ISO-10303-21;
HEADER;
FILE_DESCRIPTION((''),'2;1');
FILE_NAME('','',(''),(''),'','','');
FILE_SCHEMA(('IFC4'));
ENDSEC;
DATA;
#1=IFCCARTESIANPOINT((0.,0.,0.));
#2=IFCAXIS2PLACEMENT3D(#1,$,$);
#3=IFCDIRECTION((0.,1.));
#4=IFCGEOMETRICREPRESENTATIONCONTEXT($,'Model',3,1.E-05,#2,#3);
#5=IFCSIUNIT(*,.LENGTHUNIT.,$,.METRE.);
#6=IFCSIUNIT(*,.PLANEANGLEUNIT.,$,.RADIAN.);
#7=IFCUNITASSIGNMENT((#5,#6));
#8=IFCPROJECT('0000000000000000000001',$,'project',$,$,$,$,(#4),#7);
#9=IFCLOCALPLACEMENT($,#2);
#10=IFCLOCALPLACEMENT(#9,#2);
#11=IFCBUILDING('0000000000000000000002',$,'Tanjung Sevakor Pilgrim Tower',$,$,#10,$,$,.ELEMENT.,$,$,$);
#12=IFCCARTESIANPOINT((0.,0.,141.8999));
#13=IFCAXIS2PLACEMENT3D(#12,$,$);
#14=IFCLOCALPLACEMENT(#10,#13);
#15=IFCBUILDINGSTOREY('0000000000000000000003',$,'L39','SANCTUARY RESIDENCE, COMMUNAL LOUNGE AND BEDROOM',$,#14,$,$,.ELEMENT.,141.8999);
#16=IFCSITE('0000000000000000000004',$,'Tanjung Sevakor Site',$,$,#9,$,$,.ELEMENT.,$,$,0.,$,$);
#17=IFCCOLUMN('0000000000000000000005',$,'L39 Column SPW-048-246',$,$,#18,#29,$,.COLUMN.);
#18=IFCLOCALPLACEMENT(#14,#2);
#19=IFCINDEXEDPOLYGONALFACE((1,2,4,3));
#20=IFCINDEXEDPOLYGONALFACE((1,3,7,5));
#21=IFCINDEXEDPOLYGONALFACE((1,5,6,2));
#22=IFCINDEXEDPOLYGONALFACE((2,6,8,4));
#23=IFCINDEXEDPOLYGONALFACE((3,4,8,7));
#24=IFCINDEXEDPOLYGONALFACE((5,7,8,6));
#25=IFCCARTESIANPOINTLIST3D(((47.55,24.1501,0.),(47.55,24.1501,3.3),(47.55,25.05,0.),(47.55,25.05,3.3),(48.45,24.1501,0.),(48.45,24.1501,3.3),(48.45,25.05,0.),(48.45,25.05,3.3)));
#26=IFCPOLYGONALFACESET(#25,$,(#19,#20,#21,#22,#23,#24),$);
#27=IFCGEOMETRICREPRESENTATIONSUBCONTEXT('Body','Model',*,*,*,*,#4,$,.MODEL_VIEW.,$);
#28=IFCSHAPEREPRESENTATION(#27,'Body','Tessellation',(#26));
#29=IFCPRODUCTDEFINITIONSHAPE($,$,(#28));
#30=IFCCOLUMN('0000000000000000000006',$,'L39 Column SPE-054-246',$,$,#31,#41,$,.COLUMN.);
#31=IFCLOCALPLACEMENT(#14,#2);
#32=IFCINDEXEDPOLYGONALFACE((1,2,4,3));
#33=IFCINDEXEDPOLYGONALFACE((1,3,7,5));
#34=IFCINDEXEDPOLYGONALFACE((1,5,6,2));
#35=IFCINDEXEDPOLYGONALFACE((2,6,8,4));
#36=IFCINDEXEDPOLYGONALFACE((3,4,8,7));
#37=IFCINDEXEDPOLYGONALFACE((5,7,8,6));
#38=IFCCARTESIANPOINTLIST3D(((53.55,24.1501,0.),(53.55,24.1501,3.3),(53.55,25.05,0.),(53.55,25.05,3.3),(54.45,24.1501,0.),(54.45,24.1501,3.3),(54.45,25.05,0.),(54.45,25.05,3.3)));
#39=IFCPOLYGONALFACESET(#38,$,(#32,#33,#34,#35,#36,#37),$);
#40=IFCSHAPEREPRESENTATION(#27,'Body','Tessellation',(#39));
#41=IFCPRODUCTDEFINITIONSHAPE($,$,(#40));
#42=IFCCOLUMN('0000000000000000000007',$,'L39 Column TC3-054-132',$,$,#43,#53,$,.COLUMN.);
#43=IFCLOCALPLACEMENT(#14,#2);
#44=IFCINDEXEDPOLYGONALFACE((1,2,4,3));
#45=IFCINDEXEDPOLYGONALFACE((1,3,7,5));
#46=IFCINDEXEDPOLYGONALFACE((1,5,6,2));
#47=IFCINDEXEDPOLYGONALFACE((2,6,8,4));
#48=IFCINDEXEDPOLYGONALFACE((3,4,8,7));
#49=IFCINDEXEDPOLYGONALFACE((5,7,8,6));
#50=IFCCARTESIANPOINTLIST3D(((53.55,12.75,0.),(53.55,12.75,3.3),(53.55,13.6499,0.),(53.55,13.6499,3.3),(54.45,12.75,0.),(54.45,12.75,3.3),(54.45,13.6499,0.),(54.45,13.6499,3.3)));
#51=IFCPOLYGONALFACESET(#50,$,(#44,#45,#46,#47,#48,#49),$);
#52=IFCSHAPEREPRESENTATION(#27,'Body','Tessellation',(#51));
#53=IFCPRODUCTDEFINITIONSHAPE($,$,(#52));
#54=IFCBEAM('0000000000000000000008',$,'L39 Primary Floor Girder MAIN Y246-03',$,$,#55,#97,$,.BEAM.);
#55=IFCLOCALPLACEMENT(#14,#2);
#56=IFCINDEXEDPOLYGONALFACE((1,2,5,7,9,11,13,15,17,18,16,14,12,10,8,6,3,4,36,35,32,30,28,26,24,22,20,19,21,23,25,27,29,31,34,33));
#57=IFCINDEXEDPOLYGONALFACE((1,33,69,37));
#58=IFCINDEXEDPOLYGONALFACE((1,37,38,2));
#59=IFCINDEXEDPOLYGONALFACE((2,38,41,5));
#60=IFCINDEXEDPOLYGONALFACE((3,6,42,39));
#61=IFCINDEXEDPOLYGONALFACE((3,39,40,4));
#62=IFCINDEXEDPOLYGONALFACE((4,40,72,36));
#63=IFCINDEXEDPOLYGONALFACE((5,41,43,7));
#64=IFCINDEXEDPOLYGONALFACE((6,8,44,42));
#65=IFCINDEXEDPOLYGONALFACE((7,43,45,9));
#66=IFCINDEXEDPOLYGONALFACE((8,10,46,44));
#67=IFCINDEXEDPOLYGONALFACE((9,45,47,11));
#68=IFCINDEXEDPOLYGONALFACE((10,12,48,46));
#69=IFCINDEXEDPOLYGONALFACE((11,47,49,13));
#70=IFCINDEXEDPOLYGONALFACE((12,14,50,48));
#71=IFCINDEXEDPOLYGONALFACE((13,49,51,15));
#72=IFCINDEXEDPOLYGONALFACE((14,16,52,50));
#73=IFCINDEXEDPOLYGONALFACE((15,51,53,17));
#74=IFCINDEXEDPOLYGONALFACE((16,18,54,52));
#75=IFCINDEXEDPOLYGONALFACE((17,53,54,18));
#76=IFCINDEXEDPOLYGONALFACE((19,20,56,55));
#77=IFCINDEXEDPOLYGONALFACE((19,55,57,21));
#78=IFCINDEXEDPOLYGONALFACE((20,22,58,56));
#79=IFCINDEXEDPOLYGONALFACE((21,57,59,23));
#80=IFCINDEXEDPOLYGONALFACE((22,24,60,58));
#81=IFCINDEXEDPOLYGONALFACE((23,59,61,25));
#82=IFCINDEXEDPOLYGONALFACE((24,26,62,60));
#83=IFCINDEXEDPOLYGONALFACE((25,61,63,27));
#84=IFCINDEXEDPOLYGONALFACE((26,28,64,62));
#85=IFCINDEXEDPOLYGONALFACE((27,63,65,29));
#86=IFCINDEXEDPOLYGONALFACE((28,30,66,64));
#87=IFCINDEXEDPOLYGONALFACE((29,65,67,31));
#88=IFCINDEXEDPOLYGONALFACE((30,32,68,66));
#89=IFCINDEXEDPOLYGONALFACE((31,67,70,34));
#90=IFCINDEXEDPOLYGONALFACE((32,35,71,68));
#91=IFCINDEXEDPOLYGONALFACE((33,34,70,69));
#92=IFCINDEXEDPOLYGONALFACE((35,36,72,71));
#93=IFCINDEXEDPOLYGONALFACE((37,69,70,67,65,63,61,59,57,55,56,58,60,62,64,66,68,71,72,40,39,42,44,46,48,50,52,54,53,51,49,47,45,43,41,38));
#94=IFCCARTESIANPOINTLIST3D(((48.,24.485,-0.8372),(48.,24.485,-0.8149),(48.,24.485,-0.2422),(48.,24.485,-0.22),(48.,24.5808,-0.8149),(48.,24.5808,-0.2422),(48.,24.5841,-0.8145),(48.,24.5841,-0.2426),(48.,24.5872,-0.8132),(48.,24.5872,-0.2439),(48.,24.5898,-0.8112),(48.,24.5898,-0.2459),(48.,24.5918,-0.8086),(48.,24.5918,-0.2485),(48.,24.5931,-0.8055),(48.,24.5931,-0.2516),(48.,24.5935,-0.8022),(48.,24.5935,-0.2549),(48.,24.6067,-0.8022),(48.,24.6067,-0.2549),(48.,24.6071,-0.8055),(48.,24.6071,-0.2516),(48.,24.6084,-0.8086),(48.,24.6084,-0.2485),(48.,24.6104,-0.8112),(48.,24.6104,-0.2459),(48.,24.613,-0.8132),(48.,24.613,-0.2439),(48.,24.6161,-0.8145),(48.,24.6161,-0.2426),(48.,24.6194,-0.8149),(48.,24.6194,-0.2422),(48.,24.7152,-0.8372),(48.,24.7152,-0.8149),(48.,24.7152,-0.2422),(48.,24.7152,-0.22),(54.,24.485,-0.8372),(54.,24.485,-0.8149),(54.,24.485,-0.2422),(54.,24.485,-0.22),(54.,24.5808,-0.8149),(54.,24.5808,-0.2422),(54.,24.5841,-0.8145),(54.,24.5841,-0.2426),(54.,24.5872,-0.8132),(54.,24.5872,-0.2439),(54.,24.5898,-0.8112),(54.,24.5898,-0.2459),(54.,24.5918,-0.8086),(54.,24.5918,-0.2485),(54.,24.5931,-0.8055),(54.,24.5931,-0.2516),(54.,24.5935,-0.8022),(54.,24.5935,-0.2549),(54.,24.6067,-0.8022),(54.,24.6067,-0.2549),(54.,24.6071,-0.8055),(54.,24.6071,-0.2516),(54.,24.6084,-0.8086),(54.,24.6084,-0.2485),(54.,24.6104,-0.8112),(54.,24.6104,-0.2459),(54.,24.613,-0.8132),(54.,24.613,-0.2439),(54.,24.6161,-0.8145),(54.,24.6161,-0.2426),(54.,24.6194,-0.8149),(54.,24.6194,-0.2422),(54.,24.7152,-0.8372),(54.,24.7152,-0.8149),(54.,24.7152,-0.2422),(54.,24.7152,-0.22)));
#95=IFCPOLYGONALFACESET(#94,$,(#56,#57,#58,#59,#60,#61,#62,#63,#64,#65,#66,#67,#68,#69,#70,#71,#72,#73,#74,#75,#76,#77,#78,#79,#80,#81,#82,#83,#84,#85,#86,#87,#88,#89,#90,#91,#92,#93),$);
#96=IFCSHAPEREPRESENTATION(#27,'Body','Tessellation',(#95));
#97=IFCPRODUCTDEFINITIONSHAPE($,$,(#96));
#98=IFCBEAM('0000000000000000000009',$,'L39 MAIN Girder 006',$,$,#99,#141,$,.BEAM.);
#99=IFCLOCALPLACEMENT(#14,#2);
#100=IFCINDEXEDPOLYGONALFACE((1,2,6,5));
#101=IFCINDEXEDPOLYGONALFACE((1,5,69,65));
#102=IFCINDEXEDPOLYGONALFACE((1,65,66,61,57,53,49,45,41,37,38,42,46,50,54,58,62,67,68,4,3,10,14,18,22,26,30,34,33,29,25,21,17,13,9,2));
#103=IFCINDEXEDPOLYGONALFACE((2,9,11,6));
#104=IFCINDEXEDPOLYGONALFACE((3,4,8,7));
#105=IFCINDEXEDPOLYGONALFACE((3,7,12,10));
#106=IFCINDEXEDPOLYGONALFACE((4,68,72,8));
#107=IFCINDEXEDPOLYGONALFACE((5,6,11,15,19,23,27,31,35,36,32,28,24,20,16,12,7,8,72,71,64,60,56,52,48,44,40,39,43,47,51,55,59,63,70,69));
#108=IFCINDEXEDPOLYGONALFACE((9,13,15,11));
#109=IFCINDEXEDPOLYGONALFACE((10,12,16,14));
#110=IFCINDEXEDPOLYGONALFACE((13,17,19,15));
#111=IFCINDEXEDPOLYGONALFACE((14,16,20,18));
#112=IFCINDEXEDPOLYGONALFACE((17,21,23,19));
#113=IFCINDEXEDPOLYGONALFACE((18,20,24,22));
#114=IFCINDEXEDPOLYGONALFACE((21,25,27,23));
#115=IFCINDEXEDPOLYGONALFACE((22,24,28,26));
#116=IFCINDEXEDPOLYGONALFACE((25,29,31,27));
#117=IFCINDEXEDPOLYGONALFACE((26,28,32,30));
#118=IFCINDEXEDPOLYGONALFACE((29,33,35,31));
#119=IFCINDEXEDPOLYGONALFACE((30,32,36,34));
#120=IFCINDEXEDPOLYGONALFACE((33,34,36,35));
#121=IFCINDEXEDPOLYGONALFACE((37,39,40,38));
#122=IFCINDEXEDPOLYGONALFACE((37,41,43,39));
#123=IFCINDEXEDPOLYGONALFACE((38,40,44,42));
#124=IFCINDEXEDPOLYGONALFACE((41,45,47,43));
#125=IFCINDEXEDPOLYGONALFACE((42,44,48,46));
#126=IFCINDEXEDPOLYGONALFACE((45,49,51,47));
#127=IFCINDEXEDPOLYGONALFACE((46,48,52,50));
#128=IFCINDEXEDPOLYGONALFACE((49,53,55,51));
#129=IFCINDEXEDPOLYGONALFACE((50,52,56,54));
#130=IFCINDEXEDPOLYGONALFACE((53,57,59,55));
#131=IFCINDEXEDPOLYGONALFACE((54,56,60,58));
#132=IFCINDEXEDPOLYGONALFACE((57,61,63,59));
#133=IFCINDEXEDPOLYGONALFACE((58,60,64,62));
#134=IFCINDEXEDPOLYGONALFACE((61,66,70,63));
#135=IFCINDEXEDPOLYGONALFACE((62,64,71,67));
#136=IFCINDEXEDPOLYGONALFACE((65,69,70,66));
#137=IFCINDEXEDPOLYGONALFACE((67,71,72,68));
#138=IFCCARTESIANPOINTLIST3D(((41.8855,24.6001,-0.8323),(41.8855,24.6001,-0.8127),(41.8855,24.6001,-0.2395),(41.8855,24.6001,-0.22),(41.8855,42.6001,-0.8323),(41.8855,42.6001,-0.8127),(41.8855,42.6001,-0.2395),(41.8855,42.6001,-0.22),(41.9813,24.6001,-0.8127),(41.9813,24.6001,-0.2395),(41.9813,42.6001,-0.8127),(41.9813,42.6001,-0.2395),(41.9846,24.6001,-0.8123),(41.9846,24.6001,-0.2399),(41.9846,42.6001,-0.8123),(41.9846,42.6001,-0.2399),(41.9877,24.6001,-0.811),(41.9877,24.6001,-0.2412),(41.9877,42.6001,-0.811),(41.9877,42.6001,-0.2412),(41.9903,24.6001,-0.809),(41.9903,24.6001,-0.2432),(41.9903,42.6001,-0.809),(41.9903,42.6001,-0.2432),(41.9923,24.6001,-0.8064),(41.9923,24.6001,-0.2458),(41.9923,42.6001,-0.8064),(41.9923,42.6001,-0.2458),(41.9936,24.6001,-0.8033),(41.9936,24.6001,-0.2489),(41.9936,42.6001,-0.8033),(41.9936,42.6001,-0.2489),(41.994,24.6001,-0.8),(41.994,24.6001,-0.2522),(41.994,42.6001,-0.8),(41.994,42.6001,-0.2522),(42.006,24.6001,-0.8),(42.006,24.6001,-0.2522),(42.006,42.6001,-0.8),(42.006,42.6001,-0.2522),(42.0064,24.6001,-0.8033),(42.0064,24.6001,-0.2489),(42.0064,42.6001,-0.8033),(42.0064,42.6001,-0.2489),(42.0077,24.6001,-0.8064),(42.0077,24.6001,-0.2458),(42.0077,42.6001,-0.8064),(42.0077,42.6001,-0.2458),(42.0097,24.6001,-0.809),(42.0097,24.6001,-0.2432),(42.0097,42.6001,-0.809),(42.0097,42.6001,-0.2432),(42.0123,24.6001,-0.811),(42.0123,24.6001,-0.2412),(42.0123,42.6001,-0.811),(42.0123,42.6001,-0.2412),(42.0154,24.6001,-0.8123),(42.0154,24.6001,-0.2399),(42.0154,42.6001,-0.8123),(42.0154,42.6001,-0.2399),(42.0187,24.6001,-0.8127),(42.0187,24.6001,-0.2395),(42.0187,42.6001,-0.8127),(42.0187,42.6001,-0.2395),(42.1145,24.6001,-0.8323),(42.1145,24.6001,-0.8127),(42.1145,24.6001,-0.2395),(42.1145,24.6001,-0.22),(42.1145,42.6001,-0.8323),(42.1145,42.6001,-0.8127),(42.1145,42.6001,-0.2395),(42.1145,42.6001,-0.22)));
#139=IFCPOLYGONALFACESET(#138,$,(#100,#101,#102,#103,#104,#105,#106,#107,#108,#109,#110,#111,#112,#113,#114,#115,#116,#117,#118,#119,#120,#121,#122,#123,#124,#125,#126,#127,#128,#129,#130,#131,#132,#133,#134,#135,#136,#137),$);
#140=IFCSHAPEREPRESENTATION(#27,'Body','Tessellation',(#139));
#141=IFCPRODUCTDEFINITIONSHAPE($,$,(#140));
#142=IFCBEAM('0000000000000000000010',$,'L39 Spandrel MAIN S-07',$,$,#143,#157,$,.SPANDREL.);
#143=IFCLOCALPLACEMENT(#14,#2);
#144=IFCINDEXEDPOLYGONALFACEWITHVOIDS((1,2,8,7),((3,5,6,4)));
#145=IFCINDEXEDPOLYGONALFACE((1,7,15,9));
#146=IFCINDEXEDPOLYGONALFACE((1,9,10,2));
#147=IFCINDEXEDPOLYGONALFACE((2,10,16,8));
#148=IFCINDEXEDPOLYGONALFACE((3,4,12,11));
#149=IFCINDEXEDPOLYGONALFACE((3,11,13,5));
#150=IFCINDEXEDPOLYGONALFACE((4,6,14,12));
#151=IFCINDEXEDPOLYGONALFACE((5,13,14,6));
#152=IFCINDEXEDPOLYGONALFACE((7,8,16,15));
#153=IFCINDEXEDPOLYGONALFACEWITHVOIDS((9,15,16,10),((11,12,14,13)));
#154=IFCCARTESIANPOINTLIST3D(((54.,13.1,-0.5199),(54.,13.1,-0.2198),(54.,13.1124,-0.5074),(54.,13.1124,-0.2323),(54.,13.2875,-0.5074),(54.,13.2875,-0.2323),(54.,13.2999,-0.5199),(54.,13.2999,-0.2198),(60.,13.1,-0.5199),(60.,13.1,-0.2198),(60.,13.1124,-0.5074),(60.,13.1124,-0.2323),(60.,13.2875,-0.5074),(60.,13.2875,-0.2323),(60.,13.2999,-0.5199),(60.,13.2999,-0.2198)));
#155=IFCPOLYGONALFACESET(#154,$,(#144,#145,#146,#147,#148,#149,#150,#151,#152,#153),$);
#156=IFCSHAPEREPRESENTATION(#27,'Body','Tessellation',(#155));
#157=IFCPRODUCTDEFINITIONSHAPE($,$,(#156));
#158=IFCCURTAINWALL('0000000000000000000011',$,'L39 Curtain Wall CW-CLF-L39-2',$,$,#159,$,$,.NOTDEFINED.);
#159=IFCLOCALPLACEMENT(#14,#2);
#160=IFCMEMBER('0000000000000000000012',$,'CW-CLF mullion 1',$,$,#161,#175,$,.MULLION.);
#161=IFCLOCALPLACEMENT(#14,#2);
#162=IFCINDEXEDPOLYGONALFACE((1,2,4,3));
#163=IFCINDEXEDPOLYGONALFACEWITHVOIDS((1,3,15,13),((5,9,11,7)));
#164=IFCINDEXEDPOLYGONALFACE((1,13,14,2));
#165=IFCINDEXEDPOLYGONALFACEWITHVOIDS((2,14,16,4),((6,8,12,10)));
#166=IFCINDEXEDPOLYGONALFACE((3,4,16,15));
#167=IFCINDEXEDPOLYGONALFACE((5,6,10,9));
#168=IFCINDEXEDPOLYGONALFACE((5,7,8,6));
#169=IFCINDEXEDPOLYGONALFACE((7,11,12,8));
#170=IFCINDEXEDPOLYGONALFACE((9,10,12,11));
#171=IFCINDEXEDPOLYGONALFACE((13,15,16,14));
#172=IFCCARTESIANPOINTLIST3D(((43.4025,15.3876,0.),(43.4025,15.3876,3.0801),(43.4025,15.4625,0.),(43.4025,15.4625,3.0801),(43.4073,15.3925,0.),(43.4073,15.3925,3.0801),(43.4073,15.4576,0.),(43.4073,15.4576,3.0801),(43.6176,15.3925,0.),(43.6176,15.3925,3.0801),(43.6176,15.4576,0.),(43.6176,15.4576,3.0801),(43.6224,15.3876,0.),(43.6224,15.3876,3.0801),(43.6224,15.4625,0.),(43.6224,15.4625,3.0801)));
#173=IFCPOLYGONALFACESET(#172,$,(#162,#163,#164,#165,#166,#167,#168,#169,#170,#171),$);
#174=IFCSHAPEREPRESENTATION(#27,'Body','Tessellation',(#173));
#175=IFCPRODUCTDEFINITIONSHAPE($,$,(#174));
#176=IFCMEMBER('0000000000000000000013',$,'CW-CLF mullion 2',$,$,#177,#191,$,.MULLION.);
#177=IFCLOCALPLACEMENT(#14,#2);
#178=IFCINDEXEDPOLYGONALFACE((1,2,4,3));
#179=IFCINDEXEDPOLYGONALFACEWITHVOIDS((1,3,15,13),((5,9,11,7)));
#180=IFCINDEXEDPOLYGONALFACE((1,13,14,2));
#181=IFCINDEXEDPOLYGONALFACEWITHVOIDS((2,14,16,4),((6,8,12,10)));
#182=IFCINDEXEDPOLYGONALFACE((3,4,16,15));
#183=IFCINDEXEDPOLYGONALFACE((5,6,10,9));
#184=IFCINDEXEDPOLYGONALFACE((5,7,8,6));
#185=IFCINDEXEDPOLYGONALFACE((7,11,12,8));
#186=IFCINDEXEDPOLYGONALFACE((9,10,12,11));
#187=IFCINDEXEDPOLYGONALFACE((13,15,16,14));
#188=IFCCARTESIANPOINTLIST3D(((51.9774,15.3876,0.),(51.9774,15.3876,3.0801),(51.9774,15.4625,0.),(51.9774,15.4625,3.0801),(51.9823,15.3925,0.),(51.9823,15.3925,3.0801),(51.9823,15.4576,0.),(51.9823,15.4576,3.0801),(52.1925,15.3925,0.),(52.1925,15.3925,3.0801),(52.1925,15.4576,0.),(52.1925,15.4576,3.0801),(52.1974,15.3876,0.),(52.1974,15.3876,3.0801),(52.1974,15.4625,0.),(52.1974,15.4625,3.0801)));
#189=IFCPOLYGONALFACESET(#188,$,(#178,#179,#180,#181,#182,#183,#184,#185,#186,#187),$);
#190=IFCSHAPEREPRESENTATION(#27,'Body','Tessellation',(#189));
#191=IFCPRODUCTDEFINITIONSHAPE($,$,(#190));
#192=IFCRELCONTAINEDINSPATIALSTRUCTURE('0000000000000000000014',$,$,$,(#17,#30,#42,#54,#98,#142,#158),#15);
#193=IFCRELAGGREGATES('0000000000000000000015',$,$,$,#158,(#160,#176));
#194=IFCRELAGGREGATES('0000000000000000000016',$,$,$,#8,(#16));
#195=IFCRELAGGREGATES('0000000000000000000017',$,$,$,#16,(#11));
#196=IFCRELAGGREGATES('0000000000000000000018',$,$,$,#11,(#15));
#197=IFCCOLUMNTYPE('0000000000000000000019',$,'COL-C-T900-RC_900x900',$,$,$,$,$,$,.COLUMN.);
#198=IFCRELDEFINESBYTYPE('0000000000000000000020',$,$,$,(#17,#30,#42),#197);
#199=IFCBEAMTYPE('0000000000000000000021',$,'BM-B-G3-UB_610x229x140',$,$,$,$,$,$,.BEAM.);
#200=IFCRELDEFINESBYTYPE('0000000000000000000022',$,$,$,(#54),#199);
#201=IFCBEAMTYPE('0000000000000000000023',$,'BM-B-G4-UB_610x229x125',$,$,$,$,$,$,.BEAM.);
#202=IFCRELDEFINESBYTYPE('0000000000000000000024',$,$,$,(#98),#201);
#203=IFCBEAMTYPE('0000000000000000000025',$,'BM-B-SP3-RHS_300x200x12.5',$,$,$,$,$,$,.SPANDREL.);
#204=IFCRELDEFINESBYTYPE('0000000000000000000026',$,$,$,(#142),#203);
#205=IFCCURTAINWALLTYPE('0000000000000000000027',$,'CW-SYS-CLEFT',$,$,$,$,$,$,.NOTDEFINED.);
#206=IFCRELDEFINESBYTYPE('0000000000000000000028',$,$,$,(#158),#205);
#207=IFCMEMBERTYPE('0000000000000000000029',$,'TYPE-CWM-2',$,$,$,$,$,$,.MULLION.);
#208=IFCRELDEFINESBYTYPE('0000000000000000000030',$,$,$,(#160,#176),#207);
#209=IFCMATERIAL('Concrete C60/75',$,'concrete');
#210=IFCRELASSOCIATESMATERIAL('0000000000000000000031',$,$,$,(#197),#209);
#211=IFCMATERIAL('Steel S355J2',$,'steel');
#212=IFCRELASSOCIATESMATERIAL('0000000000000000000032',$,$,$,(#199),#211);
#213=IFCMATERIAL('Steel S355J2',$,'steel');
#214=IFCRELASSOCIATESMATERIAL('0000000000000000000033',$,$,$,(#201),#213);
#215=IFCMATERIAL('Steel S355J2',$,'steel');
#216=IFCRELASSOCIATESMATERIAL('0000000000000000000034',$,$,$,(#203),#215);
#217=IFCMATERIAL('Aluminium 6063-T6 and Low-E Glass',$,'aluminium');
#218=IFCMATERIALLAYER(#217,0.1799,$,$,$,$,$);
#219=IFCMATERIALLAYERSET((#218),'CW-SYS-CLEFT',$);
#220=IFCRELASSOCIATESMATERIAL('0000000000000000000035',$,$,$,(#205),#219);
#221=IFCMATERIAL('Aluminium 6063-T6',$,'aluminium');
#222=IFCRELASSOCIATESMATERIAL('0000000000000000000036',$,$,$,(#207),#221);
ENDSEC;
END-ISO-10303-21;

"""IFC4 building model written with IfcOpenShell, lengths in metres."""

from ifc_helpers import new_model, si_unit, direction, frame, origin, origin_2d, place, context, subcontext, project, spatial, rectangle, hollow_rectangle, i_section, extrude, material, layer, layer_set, material_profile, profile_set, type_object, element, aggregate, save


model = new_model("IFC4")

# Units and contexts
model_context = context("Model", 3, precision=1e-05, world=origin(), true_north=direction((0.0, 1.0)))
body_context = subcontext(model_context, "Body", "Model", "MODEL_VIEW")
ifc_project = project(units=[si_unit("LENGTHUNIT", "METRE"), si_unit("PLANEANGLEUNIT", "RADIAN")], contexts=[model_context])

# Site, building, storey
site_placement = place(None, origin())
site = spatial("IfcSite", under=ifc_project, at=site_placement, Name="Tanjung Sevakor Site", CompositionType="ELEMENT", RefElevation=0.0)
building_placement = place(site_placement, origin())
building = spatial("IfcBuilding", under=site, at=building_placement, Name="Tanjung Sevakor Pilgrim Tower", CompositionType="ELEMENT")
storey_placement = place(building_placement, frame((0.0, 0.0, 141.8999)))
storey = spatial("IfcBuildingStorey", under=building, at=storey_placement, Name="L39", Description="SANCTUARY RESIDENCE, COMMUNAL LOUNGE AND BEDROOM", CompositionType="ELEMENT", Elevation=141.8999)

# Columns
ifc_material_1 = material(Name="Concrete C60/75", Category="concrete")
ifc_material_profile_1 = material_profile(ifc_material_1, rectangle(XDim=0.8999, YDim=0.8999, at=origin_2d()))
ifc_profile_set_1 = profile_set([ifc_material_profile_1], Name="Concrete C60/75")
column_type = type_object("IfcColumnType", Name="COL-C-T900-RC_900x900", PredefinedType="COLUMN", material=ifc_profile_set_1)
for number, where, z_axis, x_axis, name in (
    (1, (48.0, 24.6001, 0.0), (0.0, 0.0, 1.0), (1.0, 0.0, 0.0), "L39 Column SPW-048-246"),
    (2, (54.0, 24.6001, 0.0), (0.0, 0.0, 1.0), (1.0, 0.0, 0.0), "L39 Column SPE-054-246"),
    (3, (54.0, 13.2, 0.0), (0.0, 0.0, 1.0), (1.0, 0.0, 0.0), "L39 Column TC3-054-132"),
):
    element("IfcColumn", number, at=place(storey_placement, frame(where, z_axis=z_axis, x_axis=x_axis)), inside=storey, type_object=column_type, Name=name, PredefinedType="COLUMN", context=body_context, shape_type="SweptSolid", body=[
        extrude(rectangle(XDim=0.8999, YDim=0.8999, at=origin_2d()), origin(), (0.0, 0.0, 1.0), 3.3),
    ])

# Beams
ifc_material_2 = material(Name="Steel S355J2", Category="steel")
ifc_material_profile_2 = material_profile(ifc_material_2, i_section(OverallWidth=0.2302, OverallDepth=0.6172, WebThickness=0.0132, FlangeThickness=0.0222, FilletRadius=0.0127, at=origin_2d()))
ifc_profile_set_2 = profile_set([ifc_material_profile_2], Name="Steel S355J2")
beam_type_1 = type_object("IfcBeamType", Name="BM-B-G3-UB_610x229x140", PredefinedType="BEAM", material=ifc_profile_set_2)
beam_1_placement = place(storey_placement, frame((48.0, 24.6001, -0.5286), z_axis=(1.0, 0.0, 0.0), x_axis=(0.0, 1.0, 0.0)))
element("IfcBeam", 4, at=beam_1_placement, inside=storey, type_object=beam_type_1, Name="L39 Primary Floor Girder MAIN Y246-03", PredefinedType="BEAM", context=body_context, shape_type="SweptSolid", body=[
    extrude(i_section(OverallWidth=0.2302, OverallDepth=0.6172, WebThickness=0.0132, FlangeThickness=0.0222, FilletRadius=0.0127, at=origin_2d()), origin(), (0.0, 0.0, 1.0), 6.0),
])
ifc_material_3 = material(Name="Steel S355J2", Category="steel")
ifc_material_profile_3 = material_profile(ifc_material_3, i_section(OverallWidth=0.229, OverallDepth=0.6123, WebThickness=0.012, FlangeThickness=0.0195, FilletRadius=0.0127, at=origin_2d()))
ifc_profile_set_3 = profile_set([ifc_material_profile_3], Name="Steel S355J2")
beam_type_2 = type_object("IfcBeamType", Name="BM-B-G4-UB_610x229x125", PredefinedType="BEAM", material=ifc_profile_set_3)
beam_2_placement = place(storey_placement, frame((42.0, 24.6001, -0.5261), z_axis=(0.0, 1.0, 0.0), x_axis=(-1.0, 0.0, 0.0)))
element("IfcBeam", 5, at=beam_2_placement, inside=storey, type_object=beam_type_2, Name="L39 MAIN Girder 006", PredefinedType="BEAM", context=body_context, shape_type="SweptSolid", body=[
    extrude(i_section(OverallWidth=0.229, OverallDepth=0.6123, WebThickness=0.012, FlangeThickness=0.0195, FilletRadius=0.0127, at=origin_2d()), origin(), (0.0, 0.0, 1.0), 18.0),
])
ifc_material_4 = material(Name="Steel S355J2", Category="steel")
ifc_material_profile_4 = material_profile(ifc_material_4, hollow_rectangle(XDim=0.2, YDim=0.3, WallThickness=0.0125, at=origin_2d()))
ifc_profile_set_4 = profile_set([ifc_material_profile_4], Name="Steel S355J2")
beam_type_3 = type_object("IfcBeamType", Name="BM-B-SP3-RHS_300x200x12.5", PredefinedType="SPANDREL", material=ifc_profile_set_4)
beam_3_placement = place(storey_placement, frame((54.0, 13.2, -0.3699), z_axis=(1.0, 0.0, 0.0), x_axis=(0.0, 1.0, 0.0)))
element("IfcBeam", 6, at=beam_3_placement, inside=storey, type_object=beam_type_3, Name="L39 Spandrel MAIN S-07", PredefinedType="SPANDREL", context=body_context, shape_type="SweptSolid", body=[
    extrude(hollow_rectangle(XDim=0.2, YDim=0.3, WallThickness=0.0125, at=origin_2d()), origin(), (0.0, 0.0, 1.0), 6.0),
])

# Curtain wall, members
ifc_material_5 = material(Name="Aluminium 6063-T6 and Low-E Glass", Category="aluminium")
ifc_layer_1 = layer(ifc_material_5, 0.1799)
ifc_layer_set_1 = layer_set([ifc_layer_1], Name="CW-SYS-CLEFT")
curtain_wall_type = type_object("IfcCurtainWallType", Name="CW-SYS-CLEFT", PredefinedType="NOTDEFINED", material=ifc_layer_set_1)
curtain_wall_placement = place(storey_placement, origin())
curtain_wall = element("IfcCurtainWall", 7, at=curtain_wall_placement, inside=storey, type_object=curtain_wall_type, Name="L39 Curtain Wall CW-CLF-L39-2", PredefinedType="NOTDEFINED")
ifc_material_6 = material(Name="Aluminium 6063-T6", Category="aluminium")
ifc_material_profile_5 = material_profile(ifc_material_6, hollow_rectangle(XDim=0.075, YDim=0.22, WallThickness=0.0049, at=origin_2d()))
ifc_profile_set_5 = profile_set([ifc_material_profile_5], Name="Aluminium 6063-T6")
member_type_1 = type_object("IfcMemberType", Name="TYPE-CWM-2", PredefinedType="MULLION", material=ifc_profile_set_5)
member_1_placement = place(storey_placement, frame((43.5125, 15.425, 0.0), z_axis=(0.0, 0.0, 1.0), x_axis=(0.0, 1.0, 0.0)))
member_1 = element("IfcMember", 8, at=member_1_placement, type_object=member_type_1, Name="CW-CLF mullion 1", PredefinedType="MULLION", context=body_context, shape_type="SweptSolid", body=[
    extrude(hollow_rectangle(XDim=0.075, YDim=0.22, WallThickness=0.0049, at=origin_2d()), origin(), (0.0, 0.0, 1.0), 3.0801),
])
member_2_placement = place(storey_placement, frame((52.0874, 15.425, 0.0), z_axis=(0.0, 0.0, 1.0), x_axis=(0.0, 1.0, 0.0)))
member_2 = element("IfcMember", 9, at=member_2_placement, type_object=member_type_1, Name="CW-CLF mullion 2", PredefinedType="MULLION", context=body_context, shape_type="SweptSolid", body=[
    extrude(hollow_rectangle(XDim=0.075, YDim=0.22, WallThickness=0.0049, at=origin_2d()), origin(), (0.0, 0.0, 1.0), 3.0801),
])
aggregate(curtain_wall, [member_1, member_2])

save(model, "model.ifc")
